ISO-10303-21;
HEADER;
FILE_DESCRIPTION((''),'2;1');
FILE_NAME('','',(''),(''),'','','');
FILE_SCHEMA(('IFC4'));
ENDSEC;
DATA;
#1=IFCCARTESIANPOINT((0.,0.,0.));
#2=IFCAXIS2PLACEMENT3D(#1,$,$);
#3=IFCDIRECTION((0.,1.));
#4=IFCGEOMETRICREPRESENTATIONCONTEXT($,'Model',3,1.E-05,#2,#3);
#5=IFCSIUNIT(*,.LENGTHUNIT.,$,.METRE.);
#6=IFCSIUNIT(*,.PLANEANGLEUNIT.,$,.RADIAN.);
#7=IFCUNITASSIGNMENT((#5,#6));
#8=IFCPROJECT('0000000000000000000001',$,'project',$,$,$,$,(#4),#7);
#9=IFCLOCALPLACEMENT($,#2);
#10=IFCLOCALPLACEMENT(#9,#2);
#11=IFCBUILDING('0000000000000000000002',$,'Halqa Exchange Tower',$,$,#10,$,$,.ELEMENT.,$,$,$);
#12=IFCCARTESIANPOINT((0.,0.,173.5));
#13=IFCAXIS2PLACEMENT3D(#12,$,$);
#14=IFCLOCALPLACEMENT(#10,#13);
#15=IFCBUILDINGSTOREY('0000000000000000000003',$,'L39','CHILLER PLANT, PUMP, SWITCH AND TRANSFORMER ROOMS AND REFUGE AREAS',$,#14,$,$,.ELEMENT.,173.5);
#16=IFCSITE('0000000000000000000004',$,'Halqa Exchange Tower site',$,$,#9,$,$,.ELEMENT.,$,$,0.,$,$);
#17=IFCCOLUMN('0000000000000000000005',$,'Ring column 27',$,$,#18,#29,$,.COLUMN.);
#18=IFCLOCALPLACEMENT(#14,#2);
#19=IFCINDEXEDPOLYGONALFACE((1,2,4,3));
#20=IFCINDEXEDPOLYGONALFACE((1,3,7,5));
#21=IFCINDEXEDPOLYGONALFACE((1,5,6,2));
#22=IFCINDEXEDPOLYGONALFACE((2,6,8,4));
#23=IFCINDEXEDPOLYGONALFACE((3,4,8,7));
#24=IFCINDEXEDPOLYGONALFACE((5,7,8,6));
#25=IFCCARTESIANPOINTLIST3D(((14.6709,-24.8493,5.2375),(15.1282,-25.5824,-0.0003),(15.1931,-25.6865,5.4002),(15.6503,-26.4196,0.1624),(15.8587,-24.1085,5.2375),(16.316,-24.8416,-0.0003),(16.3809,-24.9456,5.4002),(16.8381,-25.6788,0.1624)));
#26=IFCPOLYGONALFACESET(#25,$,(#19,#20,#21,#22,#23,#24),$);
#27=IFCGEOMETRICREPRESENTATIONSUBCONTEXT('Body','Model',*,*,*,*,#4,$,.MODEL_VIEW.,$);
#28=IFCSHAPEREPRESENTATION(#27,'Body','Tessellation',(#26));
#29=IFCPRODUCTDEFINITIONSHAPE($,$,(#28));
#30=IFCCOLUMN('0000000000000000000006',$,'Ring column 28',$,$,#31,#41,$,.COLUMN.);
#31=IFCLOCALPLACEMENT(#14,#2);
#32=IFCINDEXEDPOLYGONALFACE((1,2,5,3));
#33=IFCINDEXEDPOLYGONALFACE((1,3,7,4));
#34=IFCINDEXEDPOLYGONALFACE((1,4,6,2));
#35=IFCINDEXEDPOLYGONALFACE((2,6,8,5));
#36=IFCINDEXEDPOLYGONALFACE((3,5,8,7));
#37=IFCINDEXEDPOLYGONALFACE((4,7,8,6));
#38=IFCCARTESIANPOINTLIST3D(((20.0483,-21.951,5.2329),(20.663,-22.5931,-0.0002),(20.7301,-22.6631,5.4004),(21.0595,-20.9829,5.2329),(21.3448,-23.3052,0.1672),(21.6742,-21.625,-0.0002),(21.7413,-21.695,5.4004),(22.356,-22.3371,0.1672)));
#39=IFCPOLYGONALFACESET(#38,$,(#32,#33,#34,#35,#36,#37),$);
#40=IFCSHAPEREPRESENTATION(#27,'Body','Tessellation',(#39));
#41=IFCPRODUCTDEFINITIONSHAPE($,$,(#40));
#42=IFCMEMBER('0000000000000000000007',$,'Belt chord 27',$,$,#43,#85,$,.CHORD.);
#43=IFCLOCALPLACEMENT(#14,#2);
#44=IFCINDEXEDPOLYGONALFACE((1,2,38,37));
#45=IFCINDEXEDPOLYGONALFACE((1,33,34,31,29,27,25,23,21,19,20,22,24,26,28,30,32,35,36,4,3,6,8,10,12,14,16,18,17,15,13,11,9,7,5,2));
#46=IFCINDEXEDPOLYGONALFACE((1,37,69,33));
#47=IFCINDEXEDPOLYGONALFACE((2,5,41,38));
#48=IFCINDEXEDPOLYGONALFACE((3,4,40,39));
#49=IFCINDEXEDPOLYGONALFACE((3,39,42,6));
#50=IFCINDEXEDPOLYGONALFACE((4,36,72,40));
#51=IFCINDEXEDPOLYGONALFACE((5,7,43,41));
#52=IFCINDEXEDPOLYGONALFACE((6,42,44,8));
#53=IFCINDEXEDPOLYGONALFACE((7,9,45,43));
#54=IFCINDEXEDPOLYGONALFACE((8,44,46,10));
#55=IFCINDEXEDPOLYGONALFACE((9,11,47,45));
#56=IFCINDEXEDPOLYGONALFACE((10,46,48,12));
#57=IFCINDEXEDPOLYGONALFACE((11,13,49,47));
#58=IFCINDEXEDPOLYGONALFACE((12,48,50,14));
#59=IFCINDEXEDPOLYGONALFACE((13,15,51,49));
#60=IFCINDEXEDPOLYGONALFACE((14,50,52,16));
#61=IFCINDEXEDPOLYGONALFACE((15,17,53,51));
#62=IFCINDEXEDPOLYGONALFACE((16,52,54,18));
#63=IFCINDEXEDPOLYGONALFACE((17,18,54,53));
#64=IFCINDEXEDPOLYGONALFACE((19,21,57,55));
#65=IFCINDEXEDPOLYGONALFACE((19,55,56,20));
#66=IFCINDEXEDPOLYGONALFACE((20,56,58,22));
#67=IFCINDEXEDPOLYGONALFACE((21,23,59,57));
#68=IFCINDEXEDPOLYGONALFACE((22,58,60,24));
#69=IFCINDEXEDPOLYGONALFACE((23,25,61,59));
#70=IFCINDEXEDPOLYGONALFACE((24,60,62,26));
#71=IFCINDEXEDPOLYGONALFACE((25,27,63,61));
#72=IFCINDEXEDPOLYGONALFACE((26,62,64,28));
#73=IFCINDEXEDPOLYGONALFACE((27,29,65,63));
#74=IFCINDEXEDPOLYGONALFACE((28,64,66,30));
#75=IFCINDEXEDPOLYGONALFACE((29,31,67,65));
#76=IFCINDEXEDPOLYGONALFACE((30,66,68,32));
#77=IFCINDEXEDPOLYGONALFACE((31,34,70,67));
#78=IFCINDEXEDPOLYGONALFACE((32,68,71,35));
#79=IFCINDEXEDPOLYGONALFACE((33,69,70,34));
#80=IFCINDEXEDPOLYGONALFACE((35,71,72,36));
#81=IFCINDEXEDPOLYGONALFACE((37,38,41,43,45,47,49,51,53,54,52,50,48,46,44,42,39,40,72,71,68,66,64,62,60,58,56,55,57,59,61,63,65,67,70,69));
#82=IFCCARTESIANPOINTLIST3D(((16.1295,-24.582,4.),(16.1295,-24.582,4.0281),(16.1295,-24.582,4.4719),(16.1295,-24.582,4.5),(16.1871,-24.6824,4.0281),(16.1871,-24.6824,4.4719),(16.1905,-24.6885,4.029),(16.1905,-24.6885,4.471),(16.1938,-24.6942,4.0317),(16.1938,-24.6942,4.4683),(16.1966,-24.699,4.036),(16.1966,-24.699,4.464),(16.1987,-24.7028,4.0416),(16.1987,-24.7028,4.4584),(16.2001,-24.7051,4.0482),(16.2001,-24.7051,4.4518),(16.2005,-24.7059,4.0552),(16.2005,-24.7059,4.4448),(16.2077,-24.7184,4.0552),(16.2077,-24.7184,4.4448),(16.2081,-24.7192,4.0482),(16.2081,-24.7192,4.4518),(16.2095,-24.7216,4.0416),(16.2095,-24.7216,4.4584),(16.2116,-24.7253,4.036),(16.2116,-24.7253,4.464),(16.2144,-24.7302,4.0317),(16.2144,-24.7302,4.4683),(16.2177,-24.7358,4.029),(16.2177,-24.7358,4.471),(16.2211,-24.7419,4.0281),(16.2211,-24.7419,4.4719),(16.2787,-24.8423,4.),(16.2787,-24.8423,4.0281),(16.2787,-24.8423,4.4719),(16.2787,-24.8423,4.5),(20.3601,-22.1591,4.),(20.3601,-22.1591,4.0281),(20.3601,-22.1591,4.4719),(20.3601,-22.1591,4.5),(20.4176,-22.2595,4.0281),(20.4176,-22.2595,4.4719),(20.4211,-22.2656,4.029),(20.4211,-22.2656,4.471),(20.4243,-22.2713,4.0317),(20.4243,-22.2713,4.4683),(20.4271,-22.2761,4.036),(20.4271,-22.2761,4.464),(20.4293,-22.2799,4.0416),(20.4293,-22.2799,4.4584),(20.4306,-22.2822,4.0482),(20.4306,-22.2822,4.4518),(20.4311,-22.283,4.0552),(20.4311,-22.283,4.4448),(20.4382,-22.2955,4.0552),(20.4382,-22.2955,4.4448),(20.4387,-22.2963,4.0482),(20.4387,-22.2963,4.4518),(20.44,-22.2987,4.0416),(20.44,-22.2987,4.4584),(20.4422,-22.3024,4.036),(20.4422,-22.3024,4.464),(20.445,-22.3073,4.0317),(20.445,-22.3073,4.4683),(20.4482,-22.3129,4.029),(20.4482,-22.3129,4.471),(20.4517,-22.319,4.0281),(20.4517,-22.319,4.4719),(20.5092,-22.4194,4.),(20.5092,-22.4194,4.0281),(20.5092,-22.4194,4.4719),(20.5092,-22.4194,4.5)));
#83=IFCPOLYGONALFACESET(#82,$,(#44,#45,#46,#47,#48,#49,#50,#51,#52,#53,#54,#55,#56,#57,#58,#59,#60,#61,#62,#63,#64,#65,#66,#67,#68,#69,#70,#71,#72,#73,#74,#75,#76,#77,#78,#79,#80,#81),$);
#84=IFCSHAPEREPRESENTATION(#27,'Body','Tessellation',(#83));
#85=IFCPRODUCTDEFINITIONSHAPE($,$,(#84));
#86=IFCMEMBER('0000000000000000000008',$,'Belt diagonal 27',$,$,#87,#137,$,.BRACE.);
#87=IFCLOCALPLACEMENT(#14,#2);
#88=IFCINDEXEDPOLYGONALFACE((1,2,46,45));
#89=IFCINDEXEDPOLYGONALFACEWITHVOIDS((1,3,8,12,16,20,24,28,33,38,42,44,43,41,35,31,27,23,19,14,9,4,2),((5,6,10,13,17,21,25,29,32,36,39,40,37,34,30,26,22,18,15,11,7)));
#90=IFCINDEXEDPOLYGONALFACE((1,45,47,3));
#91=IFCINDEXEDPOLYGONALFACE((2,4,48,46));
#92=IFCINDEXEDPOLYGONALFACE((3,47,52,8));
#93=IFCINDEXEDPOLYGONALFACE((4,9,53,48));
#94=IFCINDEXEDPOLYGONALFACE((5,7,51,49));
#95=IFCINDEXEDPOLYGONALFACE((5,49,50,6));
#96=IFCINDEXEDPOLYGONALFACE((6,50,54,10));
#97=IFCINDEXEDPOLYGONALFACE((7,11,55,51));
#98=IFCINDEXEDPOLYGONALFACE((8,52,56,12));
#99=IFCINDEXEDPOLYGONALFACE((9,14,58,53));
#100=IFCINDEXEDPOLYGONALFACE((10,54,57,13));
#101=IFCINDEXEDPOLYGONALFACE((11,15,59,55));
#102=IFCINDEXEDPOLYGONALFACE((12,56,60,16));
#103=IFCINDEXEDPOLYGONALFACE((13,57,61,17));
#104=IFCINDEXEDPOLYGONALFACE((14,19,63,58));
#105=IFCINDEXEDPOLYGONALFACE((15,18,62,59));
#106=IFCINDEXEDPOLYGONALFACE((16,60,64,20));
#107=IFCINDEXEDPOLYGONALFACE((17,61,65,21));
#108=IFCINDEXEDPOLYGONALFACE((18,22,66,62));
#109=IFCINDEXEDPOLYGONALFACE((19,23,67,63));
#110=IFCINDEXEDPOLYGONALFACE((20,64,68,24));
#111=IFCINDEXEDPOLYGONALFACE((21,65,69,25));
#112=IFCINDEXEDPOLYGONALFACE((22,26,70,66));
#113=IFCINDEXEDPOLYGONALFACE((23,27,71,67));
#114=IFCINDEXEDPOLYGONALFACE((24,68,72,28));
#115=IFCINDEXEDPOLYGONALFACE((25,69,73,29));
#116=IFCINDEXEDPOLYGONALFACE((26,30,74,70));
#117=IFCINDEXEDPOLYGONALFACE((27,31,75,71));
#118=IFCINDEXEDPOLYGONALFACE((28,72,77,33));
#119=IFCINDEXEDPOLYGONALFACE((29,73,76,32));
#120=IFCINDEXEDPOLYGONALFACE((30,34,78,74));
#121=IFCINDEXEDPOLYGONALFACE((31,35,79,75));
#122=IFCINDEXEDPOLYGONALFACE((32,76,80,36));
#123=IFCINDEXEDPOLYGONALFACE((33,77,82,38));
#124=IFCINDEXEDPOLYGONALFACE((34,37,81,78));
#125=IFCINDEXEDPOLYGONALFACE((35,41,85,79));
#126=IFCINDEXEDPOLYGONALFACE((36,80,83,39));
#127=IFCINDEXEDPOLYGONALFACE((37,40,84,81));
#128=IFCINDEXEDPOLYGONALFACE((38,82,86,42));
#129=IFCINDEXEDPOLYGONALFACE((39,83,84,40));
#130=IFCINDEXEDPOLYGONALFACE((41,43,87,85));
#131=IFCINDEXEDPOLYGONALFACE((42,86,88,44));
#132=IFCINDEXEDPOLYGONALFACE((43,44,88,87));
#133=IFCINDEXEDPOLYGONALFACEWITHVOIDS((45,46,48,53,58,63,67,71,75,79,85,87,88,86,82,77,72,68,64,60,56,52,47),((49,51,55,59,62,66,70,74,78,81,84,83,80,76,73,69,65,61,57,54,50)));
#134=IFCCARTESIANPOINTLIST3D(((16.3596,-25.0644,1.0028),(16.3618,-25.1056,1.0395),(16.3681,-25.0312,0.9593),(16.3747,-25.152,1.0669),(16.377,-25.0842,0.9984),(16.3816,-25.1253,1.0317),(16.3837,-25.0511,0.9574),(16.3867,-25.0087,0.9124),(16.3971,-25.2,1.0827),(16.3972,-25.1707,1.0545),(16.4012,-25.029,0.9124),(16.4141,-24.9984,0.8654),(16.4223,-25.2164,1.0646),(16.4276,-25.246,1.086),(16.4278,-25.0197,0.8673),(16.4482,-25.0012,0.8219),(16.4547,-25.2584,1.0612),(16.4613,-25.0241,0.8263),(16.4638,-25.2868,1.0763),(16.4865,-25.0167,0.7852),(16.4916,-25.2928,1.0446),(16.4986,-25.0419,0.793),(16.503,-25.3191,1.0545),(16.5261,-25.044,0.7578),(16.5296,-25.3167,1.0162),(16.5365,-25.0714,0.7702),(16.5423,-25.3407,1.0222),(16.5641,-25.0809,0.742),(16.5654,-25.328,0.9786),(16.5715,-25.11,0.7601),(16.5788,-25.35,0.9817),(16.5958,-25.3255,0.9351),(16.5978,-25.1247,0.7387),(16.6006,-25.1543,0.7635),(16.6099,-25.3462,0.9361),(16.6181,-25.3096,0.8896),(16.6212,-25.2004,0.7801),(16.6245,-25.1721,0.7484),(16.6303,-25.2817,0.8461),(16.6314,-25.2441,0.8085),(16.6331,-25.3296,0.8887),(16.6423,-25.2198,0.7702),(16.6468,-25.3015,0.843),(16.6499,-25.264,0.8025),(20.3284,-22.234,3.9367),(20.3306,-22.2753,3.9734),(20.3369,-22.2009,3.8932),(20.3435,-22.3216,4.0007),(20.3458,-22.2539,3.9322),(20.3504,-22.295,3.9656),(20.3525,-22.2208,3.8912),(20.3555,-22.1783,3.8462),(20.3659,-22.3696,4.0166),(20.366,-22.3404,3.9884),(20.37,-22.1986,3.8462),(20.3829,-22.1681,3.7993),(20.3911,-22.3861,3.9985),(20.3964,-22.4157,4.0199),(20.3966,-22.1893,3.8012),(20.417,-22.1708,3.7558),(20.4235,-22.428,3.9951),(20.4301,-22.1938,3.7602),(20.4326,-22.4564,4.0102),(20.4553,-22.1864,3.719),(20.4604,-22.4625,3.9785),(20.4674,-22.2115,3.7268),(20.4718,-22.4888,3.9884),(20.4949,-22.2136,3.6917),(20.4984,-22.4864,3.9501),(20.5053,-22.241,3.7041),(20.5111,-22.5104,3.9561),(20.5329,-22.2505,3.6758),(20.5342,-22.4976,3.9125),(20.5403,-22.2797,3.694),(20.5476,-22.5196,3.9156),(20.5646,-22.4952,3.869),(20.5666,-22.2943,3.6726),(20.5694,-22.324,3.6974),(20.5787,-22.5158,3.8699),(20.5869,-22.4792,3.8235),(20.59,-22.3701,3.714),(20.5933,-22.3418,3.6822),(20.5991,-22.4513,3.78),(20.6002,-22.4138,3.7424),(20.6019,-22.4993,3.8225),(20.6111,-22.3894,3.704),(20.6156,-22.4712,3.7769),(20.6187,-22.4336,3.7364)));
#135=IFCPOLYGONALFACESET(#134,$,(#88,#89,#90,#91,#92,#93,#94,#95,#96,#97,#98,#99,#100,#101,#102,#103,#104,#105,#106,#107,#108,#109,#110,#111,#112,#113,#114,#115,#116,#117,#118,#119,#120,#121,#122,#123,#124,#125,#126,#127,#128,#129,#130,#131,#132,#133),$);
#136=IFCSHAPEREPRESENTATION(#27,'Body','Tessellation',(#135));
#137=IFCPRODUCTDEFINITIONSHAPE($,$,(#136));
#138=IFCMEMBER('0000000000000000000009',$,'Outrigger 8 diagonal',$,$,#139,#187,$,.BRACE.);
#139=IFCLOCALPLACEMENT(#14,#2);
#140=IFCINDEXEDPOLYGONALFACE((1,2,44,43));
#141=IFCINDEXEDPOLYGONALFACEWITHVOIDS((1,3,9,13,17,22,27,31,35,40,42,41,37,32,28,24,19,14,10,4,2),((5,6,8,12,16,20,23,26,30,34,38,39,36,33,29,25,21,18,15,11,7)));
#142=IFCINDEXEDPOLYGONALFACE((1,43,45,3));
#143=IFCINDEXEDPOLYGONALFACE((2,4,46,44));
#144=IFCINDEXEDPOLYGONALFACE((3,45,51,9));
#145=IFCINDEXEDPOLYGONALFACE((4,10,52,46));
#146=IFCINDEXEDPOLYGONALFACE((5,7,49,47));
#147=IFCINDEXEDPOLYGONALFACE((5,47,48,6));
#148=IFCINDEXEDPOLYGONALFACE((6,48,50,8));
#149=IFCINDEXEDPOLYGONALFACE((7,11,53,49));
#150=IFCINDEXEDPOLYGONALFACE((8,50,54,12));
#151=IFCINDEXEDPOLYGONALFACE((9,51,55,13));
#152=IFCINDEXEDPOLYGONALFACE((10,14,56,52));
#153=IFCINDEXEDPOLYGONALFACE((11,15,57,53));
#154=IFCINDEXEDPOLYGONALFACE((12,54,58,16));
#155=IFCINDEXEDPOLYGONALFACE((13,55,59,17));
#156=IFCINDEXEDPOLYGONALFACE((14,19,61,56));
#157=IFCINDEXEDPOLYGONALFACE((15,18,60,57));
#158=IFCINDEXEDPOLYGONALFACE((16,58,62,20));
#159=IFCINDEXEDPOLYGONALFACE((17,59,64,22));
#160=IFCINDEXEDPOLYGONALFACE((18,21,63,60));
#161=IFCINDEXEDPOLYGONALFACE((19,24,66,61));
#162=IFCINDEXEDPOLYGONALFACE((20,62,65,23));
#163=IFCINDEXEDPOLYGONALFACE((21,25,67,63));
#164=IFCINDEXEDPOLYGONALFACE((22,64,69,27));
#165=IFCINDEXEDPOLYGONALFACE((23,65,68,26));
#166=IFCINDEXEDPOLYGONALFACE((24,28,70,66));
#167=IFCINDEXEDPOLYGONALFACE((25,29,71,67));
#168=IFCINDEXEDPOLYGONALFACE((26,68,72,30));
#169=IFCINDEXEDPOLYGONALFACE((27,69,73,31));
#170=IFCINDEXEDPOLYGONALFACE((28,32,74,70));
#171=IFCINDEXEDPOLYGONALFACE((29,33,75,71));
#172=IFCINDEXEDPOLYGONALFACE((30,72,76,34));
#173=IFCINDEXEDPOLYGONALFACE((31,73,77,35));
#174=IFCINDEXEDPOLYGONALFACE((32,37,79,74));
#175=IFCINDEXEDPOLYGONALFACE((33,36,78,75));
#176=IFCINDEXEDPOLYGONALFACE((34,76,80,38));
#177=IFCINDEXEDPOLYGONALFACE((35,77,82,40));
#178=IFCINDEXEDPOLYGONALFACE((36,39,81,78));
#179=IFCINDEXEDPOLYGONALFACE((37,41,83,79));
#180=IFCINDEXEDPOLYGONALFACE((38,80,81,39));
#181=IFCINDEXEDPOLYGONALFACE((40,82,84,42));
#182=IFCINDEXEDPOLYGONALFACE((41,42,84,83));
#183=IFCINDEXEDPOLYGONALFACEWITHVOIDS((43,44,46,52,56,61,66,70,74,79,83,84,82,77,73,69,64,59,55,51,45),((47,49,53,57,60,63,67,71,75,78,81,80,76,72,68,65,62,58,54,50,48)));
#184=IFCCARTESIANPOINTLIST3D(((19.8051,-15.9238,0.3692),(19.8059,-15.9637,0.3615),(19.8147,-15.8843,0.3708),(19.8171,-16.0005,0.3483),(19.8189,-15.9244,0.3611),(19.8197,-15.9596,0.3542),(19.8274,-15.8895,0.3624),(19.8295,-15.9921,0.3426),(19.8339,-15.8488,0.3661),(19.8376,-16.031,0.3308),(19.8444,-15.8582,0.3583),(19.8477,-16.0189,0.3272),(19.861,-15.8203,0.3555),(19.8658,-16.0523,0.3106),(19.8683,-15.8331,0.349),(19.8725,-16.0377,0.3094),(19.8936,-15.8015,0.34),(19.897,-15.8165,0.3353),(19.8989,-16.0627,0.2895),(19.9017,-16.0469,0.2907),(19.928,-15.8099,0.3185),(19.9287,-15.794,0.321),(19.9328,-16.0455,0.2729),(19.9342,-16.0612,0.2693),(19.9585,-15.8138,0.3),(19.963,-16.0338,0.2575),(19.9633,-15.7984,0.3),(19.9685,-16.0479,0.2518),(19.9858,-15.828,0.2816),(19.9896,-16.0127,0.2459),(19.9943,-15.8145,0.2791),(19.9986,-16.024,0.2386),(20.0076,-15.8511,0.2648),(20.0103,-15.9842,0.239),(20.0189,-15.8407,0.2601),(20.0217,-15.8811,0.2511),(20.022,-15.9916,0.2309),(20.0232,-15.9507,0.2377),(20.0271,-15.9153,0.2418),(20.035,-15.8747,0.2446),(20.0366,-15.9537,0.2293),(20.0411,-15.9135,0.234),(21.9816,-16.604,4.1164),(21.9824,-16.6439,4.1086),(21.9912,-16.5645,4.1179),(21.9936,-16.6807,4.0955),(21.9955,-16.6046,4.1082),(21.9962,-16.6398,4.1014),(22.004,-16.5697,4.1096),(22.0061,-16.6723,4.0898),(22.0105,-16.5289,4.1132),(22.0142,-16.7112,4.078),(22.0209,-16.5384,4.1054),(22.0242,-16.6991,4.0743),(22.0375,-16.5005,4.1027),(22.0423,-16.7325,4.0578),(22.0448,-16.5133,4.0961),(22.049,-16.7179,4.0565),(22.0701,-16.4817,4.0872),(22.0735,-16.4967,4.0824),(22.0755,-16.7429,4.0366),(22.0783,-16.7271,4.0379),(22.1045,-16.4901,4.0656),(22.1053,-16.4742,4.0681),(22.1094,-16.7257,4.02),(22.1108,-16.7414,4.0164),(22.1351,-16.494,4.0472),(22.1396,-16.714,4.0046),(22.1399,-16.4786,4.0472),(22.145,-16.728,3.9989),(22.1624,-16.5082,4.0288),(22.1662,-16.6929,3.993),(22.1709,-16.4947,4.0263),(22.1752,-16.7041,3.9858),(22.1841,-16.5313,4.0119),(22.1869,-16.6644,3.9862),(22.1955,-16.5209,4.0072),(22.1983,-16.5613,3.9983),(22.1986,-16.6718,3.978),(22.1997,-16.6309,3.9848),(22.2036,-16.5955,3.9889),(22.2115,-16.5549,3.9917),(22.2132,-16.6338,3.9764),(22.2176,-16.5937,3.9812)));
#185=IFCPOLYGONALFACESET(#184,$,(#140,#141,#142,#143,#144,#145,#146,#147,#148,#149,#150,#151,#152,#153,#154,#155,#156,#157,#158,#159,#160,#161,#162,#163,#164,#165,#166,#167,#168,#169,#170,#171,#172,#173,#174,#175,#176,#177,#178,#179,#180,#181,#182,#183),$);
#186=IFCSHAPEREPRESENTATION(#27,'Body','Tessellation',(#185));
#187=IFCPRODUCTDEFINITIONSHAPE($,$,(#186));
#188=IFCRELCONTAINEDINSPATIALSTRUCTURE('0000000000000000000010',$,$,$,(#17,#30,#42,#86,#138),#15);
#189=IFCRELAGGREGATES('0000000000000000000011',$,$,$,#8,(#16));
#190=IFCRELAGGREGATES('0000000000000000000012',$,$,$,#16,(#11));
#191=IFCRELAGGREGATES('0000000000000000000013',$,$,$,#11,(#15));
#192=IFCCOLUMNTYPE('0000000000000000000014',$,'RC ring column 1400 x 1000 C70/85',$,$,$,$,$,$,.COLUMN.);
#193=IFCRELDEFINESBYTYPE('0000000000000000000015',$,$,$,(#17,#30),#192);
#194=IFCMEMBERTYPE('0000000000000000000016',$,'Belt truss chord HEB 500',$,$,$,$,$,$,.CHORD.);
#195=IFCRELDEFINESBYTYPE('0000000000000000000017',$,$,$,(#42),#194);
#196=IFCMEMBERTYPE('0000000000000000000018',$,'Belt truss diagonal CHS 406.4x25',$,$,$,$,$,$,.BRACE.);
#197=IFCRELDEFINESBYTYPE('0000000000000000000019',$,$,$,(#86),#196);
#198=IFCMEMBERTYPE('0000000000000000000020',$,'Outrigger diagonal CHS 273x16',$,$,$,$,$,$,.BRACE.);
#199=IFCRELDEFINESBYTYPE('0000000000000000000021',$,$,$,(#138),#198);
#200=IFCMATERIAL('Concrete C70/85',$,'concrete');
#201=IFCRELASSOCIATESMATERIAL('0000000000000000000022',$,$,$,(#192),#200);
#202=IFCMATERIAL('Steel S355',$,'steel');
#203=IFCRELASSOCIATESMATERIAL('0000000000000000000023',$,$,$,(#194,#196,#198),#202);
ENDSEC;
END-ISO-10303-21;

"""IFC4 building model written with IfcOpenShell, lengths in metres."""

from ifc_helpers import new_model, si_unit, direction, frame, origin, origin_2d, place, context, subcontext, project, spatial, rectangle, hollow_circle, i_section, extrude, material, material_profile, profile_set, type_object, element, save


model = new_model("IFC4")

# Units and contexts
model_context = context("Model", 3, precision=1e-05, world=origin(), true_north=direction((0.0, 1.0)))
body_context = subcontext(model_context, "Body", "Model", "MODEL_VIEW")
ifc_project = project(units=[si_unit("LENGTHUNIT", "METRE"), si_unit("PLANEANGLEUNIT", "RADIAN")], contexts=[model_context])

# Site, building, storey
site_placement = place(None, origin())
site = spatial("IfcSite", under=ifc_project, at=site_placement, Name="Halqa Exchange Tower site", CompositionType="ELEMENT", RefElevation=0.0)
building_placement = place(site_placement, origin())
building = spatial("IfcBuilding", under=site, at=building_placement, Name="Halqa Exchange Tower", CompositionType="ELEMENT")
storey_placement = place(building_placement, frame((0.0, 0.0, 173.5)))
storey = spatial("IfcBuildingStorey", under=building, at=storey_placement, Name="L39", Description="CHILLER PLANT, PUMP, SWITCH AND TRANSFORMER ROOMS AND REFUGE AREAS", CompositionType="ELEMENT", Elevation=173.5)

# Columns
ifc_material_1 = material(Name="Concrete C70/85", Category="concrete")
ifc_material_profile_1 = material_profile(ifc_material_1, rectangle(XDim=1.3999, YDim=1.0, at=origin_2d()), Name="1400 x 1000")
ifc_profile_set_1 = profile_set([ifc_material_profile_1], Name="Concrete C70/85")
column_type = type_object("IfcColumnType", Name="RC ring column 1400 x 1000 C70/85", PredefinedType="COLUMN", material=ifc_profile_set_1)
column_1_placement = place(storey_placement, frame((15.9832, -25.6306, 0.0811), z_axis=(-0.086139, 0.138107, 0.986664), x_axis=(-0.84849, -0.529211, 0.0)))
element("IfcColumn", 1, at=column_1_placement, inside=storey, type_object=column_type, Name="Ring column 27", PredefinedType="COLUMN", context=body_context, shape_type="SweptSolid", body=[
    extrude(rectangle(XDim=1.3999, YDim=1.0, at=origin_2d()), origin(), (0.0, 0.0, 1.0), 5.3086),
])
column_2_placement = place(storey_placement, frame((21.5095, -22.4651, 0.0835), z_axis=(-0.115812, 0.120964, 0.985878), x_axis=(-0.72232, -0.691559, 0.0)))
element("IfcColumn", 2, at=column_2_placement, inside=storey, type_object=column_type, Name="Ring column 28", PredefinedType="COLUMN", context=body_context, shape_type="SweptSolid", body=[
    extrude(rectangle(XDim=1.3999, YDim=1.0, at=origin_2d()), origin(), (0.0, 0.0, 1.0), 5.3081),
])

# Members
ifc_material_2 = material(Name="Steel S355", Category="steel")
ifc_material_profile_2 = material_profile(ifc_material_2, i_section(OverallWidth=0.3, OverallDepth=0.5, WebThickness=0.0144, FlangeThickness=0.0281, FilletRadius=0.0271, at=origin_2d()), Name="HEB 500")
ifc_profile_set_2 = profile_set([ifc_material_profile_2], Name="Steel S355")
member_type_1 = type_object("IfcMemberType", Name="Belt truss chord HEB 500", PredefinedType="CHORD", material=ifc_profile_set_2)
member_1_placement = place(storey_placement, frame((16.2041, -24.7122, 4.25), z_axis=(0.867762, 0.49698, 0.0), x_axis=(-0.49698, 0.867762, 0.0)))
element("IfcMember", 3, at=member_1_placement, inside=storey, type_object=member_type_1, Name="Belt chord 27", PredefinedType="CHORD", context=body_context, shape_type="SweptSolid", body=[
    extrude(i_section(OverallWidth=0.3, OverallDepth=0.5, WebThickness=0.0144, FlangeThickness=0.0281, FilletRadius=0.0271, at=origin_2d()), origin(), (0.0, 0.0, 1.0), 4.8752),
])
ifc_material_profile_3 = material_profile(ifc_material_2, hollow_circle(Radius=0.2031, WallThickness=0.0249, at=origin_2d()), Name="CHS 406.4x25")
ifc_profile_set_3 = profile_set([ifc_material_profile_3], Name="Steel S355")
member_type_2 = type_object("IfcMemberType", Name="Belt truss diagonal CHS 406.4x25", PredefinedType="BRACE", material=ifc_profile_set_3)
member_2_placement = place(storey_placement, frame((16.5046, -25.1741, 0.9124), z_axis=(0.697571, 0.497474, 0.515669), x_axis=(-0.580627, 0.81417, 0.0)))
element("IfcMember", 4, at=member_2_placement, inside=storey, type_object=member_type_2, Name="Belt diagonal 27", PredefinedType="BRACE", context=body_context, shape_type="SweptSolid", body=[
    extrude(hollow_circle(Radius=0.2031, WallThickness=0.0249, at=origin_2d()), origin(), (0.0, 0.0, 1.0), 5.6895),
])
ifc_material_profile_4 = material_profile(ifc_material_2, hollow_circle(Radius=0.1365, WallThickness=0.0161, at=origin_2d()), Name="CHS 273x16")
ifc_profile_set_4 = profile_set([ifc_material_profile_4], Name="Steel S355")
member_type_3 = type_object("IfcMemberType", Name="Outrigger diagonal CHS 273x16", PredefinedType="BRACE", material=ifc_profile_set_4)
member_3_placement = place(storey_placement, frame((19.9226, -15.9287, 0.3), z_axis=(0.496197, -0.155065, 0.85425), x_axis=(0.298281, 0.954478, 0.0)))
element("IfcMember", 5, at=member_3_placement, inside=storey, type_object=member_type_3, Name="Outrigger 8 diagonal", PredefinedType="BRACE", context=body_context, shape_type="SweptSolid", body=[
    extrude(hollow_circle(Radius=0.1365, WallThickness=0.0161, at=origin_2d()), origin(), (0.0, 0.0, 1.0), 4.3865),
])

save(model, "model.ifc")
